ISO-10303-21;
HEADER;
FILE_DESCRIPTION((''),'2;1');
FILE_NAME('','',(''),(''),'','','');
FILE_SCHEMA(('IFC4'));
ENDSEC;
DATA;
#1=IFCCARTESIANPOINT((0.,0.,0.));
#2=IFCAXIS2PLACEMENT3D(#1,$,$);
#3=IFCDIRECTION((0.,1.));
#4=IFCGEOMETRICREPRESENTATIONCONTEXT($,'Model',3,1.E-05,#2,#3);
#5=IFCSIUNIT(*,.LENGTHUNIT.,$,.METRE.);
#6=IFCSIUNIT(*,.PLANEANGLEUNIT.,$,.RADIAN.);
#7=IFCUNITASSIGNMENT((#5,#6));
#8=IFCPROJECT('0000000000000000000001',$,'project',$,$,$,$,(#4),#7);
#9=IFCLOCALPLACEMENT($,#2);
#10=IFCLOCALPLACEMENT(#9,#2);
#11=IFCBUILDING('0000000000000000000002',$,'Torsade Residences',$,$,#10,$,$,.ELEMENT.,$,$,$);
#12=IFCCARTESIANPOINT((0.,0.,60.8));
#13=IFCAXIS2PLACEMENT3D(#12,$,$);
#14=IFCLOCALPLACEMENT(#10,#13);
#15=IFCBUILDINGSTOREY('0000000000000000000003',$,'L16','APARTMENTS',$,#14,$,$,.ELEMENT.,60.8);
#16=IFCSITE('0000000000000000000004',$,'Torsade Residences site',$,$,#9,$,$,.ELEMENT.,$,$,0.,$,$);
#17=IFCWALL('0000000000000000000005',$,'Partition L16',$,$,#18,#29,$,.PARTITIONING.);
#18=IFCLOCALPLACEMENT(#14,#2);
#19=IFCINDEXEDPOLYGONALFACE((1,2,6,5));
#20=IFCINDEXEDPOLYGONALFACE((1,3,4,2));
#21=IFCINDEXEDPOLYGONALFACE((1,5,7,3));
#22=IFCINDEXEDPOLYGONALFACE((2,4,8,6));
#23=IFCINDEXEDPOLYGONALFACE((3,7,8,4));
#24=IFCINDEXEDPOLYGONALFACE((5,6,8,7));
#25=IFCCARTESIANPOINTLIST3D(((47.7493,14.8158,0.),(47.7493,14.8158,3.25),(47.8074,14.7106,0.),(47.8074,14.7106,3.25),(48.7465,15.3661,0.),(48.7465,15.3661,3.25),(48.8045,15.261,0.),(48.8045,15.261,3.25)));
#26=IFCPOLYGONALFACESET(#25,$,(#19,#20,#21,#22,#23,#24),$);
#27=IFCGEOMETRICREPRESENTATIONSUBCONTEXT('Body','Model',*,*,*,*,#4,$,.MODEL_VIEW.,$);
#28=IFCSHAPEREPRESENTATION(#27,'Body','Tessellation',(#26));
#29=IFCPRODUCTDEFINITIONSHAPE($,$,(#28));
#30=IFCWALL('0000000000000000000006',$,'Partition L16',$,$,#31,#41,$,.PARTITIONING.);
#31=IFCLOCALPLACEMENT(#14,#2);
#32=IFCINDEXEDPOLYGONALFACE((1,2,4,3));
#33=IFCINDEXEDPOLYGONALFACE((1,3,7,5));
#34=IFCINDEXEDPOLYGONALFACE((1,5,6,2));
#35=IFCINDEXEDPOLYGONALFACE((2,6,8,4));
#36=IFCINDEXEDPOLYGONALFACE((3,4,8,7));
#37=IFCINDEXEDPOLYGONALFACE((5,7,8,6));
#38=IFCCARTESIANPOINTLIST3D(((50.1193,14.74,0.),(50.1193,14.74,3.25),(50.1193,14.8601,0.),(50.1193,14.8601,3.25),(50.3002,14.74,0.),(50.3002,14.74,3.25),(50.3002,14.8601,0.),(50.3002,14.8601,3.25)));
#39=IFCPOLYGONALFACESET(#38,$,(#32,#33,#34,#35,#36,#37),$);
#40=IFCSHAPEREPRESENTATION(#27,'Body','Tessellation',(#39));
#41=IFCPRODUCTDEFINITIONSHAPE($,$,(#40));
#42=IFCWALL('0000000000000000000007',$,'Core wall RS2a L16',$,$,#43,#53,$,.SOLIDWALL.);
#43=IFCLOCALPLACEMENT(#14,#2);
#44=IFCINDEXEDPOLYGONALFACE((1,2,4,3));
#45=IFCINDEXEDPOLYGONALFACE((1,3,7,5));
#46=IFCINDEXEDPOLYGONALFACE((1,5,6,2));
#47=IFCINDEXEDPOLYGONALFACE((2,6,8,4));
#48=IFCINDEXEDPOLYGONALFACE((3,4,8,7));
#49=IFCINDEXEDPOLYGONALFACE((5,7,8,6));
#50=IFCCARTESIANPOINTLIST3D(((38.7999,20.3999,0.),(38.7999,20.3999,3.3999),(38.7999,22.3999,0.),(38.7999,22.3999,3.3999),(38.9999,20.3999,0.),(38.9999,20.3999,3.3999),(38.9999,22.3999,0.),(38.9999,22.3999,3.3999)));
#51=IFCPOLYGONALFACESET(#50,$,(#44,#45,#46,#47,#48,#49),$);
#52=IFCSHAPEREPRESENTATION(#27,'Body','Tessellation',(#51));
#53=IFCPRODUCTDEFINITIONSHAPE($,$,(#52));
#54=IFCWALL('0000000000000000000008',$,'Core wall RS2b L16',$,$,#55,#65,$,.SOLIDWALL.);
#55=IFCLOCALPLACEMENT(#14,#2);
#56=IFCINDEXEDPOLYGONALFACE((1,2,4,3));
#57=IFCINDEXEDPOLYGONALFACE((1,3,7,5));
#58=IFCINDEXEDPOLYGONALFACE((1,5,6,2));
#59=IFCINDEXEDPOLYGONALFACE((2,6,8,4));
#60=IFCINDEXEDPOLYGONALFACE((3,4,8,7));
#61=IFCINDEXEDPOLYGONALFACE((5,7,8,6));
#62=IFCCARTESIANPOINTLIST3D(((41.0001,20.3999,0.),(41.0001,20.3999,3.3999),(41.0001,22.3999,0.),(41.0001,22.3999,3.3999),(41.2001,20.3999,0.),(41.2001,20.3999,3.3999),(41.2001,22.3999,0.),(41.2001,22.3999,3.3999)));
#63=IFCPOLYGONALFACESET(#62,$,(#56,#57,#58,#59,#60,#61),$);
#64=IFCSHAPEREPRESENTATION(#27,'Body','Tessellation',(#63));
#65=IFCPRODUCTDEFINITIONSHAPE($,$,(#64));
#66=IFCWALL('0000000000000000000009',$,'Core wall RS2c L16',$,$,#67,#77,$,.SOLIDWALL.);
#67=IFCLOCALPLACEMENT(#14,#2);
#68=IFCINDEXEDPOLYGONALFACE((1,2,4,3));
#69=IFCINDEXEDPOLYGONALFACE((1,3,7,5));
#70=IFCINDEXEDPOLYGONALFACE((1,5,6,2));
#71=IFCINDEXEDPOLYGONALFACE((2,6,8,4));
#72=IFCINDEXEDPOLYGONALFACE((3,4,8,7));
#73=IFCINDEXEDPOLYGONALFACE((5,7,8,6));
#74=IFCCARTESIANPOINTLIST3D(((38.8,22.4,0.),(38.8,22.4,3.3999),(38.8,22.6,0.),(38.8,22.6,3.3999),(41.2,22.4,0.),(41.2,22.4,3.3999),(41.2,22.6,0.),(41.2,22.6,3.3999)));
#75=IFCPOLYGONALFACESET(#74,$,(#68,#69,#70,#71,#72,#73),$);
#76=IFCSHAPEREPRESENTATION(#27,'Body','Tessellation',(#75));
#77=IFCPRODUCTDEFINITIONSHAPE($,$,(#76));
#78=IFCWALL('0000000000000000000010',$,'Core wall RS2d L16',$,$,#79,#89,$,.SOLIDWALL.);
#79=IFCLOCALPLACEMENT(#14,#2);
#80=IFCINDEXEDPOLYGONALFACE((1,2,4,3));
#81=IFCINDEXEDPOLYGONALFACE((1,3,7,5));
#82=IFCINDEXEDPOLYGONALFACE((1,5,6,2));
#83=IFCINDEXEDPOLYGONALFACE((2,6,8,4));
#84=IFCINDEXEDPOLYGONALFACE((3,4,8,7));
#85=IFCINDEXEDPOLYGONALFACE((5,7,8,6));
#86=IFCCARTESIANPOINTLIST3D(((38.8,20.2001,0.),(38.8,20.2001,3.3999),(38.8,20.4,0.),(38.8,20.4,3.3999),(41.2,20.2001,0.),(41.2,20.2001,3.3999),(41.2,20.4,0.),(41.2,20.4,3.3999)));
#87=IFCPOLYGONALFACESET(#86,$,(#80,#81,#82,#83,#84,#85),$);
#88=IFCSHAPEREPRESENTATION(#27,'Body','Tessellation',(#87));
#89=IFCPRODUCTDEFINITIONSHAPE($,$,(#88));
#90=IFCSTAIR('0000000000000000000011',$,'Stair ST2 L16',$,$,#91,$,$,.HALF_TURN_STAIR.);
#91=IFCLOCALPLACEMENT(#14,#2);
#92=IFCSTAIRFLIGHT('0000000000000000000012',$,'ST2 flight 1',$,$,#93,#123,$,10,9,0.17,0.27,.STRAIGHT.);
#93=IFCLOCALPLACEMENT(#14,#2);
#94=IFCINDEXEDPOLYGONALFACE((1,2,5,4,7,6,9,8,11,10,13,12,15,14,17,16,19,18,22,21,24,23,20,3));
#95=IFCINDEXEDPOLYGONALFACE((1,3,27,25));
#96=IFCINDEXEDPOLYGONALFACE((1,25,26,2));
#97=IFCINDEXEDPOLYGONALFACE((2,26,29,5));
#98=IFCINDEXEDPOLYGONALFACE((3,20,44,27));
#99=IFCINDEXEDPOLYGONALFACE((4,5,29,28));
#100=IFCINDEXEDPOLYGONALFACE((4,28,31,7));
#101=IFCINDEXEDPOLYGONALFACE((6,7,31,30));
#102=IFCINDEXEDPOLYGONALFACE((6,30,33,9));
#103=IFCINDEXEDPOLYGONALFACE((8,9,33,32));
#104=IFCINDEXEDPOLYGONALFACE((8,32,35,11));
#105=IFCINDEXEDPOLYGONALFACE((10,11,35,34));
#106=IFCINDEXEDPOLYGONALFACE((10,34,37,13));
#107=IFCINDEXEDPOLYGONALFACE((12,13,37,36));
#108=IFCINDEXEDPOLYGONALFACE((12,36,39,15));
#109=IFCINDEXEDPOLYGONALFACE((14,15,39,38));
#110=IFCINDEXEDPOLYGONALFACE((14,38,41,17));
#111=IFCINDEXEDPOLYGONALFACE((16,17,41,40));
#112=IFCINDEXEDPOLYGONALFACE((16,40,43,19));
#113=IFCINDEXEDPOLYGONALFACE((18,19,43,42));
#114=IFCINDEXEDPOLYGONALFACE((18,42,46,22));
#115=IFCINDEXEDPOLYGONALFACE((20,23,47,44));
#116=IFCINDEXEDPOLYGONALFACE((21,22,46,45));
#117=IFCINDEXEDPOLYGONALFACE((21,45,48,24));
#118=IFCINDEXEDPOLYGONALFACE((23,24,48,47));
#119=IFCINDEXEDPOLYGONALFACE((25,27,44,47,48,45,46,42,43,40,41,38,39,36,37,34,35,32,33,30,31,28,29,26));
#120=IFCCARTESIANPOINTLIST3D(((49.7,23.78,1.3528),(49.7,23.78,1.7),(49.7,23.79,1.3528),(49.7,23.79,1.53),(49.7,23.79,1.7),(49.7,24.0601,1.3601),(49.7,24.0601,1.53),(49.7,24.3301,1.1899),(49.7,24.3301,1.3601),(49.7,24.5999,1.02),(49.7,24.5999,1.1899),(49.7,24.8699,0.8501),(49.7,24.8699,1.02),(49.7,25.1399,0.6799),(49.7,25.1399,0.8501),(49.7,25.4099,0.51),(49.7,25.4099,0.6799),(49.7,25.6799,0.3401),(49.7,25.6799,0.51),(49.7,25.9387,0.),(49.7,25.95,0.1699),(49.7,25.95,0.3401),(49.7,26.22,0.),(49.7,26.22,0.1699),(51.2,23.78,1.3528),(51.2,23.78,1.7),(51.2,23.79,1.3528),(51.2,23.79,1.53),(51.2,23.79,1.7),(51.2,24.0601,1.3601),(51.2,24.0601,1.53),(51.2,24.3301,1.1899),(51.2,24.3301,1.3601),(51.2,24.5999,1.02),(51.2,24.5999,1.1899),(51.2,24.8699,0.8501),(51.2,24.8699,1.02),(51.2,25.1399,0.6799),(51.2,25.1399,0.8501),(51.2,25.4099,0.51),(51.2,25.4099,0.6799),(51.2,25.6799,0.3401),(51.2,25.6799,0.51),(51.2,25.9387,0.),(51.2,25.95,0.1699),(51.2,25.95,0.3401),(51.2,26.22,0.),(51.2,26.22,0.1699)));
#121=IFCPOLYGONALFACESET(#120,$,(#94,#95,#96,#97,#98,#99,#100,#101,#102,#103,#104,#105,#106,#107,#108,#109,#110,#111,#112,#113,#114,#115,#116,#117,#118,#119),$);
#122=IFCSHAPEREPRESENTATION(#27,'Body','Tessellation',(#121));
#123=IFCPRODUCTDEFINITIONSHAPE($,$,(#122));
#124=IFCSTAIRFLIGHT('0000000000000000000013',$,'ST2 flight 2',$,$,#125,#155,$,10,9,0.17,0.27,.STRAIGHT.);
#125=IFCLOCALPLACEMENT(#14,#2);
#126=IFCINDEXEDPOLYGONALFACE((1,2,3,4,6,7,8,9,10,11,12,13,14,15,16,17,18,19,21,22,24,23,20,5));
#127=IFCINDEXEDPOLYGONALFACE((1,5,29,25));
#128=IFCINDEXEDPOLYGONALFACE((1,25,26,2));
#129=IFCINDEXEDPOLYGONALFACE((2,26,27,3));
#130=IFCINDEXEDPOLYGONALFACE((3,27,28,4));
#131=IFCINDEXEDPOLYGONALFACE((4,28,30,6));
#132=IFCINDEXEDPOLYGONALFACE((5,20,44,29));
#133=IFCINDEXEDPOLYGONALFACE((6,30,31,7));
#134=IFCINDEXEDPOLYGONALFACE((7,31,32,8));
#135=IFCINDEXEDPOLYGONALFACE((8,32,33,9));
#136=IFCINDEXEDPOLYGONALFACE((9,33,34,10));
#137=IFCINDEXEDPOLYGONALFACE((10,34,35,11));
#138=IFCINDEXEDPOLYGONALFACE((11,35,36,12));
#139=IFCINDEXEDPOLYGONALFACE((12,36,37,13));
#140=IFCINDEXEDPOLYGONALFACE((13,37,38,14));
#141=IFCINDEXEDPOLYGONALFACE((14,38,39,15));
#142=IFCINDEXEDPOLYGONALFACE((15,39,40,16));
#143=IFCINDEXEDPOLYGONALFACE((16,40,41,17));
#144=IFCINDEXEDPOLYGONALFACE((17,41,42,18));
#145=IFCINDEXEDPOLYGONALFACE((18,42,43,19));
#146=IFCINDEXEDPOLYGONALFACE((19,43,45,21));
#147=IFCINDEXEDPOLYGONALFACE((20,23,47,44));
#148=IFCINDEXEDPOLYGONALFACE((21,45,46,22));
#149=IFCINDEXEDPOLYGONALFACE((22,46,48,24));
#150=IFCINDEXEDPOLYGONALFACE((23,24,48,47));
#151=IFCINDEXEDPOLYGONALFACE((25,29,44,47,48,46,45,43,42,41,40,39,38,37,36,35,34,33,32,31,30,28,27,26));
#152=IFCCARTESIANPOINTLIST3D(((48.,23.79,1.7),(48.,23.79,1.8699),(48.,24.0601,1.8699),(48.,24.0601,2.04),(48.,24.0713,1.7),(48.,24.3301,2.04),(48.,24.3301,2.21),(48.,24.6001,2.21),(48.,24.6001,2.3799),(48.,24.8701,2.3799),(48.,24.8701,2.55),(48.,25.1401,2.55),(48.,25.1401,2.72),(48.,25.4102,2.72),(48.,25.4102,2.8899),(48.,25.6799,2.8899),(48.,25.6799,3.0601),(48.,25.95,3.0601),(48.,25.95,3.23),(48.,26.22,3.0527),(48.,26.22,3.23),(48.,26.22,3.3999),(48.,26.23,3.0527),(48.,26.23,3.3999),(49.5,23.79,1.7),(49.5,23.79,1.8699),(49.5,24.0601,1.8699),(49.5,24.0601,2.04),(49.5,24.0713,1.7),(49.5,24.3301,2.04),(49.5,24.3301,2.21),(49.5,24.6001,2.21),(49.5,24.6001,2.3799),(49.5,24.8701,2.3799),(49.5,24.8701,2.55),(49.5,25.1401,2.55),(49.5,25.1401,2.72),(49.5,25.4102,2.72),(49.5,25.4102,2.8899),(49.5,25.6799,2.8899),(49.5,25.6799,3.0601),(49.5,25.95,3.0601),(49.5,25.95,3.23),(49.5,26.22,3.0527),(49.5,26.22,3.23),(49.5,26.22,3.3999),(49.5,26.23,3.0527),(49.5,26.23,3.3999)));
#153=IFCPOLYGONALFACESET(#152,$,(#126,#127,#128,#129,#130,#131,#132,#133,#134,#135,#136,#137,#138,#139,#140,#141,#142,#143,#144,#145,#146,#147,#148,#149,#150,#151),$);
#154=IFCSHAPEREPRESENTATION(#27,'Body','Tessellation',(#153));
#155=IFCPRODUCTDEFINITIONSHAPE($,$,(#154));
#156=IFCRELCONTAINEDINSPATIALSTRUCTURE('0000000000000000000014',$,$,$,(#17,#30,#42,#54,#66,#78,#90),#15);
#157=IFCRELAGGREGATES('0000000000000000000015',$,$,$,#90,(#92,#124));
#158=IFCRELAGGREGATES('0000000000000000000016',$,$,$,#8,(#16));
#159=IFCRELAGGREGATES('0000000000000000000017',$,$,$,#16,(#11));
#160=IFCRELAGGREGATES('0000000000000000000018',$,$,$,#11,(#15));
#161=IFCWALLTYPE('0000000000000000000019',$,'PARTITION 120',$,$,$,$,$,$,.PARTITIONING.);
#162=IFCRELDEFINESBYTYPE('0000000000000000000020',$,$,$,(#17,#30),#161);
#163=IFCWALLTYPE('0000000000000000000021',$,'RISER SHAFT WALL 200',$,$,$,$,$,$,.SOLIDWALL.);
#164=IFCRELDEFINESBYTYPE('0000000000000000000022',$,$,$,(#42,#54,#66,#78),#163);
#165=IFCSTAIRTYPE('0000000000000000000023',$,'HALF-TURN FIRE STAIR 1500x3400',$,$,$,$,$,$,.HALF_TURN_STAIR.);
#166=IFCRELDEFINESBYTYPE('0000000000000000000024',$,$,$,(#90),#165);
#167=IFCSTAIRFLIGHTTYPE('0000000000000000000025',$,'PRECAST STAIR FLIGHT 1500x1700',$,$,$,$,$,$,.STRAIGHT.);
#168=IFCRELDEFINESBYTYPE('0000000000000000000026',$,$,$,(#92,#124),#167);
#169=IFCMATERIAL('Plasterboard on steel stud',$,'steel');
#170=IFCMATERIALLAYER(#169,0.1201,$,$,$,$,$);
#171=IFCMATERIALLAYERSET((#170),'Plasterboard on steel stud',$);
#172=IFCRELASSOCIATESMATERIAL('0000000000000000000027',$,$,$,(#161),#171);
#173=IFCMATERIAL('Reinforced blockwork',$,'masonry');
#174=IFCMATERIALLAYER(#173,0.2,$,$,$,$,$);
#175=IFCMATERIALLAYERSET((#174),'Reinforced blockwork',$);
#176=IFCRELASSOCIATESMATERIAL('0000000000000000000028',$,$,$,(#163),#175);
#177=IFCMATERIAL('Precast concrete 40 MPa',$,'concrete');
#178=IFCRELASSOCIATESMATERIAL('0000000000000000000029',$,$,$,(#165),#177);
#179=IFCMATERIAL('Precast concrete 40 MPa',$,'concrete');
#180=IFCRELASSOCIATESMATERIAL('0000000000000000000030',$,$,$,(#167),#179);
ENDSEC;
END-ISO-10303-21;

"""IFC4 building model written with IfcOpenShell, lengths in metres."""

from ifc_helpers import new_model, si_unit, direction, frame, frame_2d, origin, place, context, subcontext, project, spatial, polyline, rectangle, outline, extrude, material, layer, layer_set, type_object, element, aggregate, save


model = new_model("IFC4")

# Units and contexts
model_context = context("Model", 3, precision=1e-05, world=origin(), true_north=direction((0.0, 1.0)))
body_context = subcontext(model_context, "Body", "Model", "MODEL_VIEW")
ifc_project = project(units=[si_unit("LENGTHUNIT", "METRE"), si_unit("PLANEANGLEUNIT", "RADIAN")], contexts=[model_context])

# Site, building, storey
site_placement = place(None, origin())
site = spatial("IfcSite", under=ifc_project, at=site_placement, Name="Torsade Residences site", CompositionType="ELEMENT", RefElevation=0.0)
building_placement = place(site_placement, origin())
building = spatial("IfcBuilding", under=site, at=building_placement, Name="Torsade Residences", CompositionType="ELEMENT")
storey_placement = place(building_placement, frame((0.0, 0.0, 60.8)))
storey = spatial("IfcBuildingStorey", under=building, at=storey_placement, Name="L16", Description="APARTMENTS", CompositionType="ELEMENT", Elevation=60.8)

# Walls
ifc_material_1 = material(Name="Plasterboard on steel stud", Category="steel")
ifc_layer_1 = layer(ifc_material_1, 0.1201)
ifc_layer_set_1 = layer_set([ifc_layer_1], Name="Plasterboard on steel stud")
wall_type_1 = type_object("IfcWallType", Name="PARTITION 120", PredefinedType="PARTITIONING", material=ifc_layer_set_1)
wall_1_placement = place(storey_placement, frame((48.7754, 15.3135, 0.0), z_axis=(0.0, 0.0, 1.0), x_axis=(-0.875509, -0.483202, 0.0)))
element("IfcWall", 1, at=wall_1_placement, inside=storey, type_object=wall_type_1, Name="Partition L16", PredefinedType="PARTITIONING", context=body_context, shape_type="SweptSolid", body=[
    extrude(rectangle(XDim=1.1389, YDim=0.1201, at=frame_2d((0.5693, 0.0))), origin(), (0.0, 0.0, 1.0), 3.25),
])
wall_2_placement = place(storey_placement, frame((50.3, 14.8, 0.0), z_axis=(0.0, 0.0, 1.0), x_axis=(-1.0, 0.0, 0.0)))
element("IfcWall", 2, at=wall_2_placement, inside=storey, type_object=wall_type_1, Name="Partition L16", PredefinedType="PARTITIONING", context=body_context, shape_type="SweptSolid", body=[
    extrude(rectangle(XDim=0.1809, YDim=0.1201, at=frame_2d((0.0903, 0.0))), origin(), (0.0, 0.0, 1.0), 3.25),
])
ifc_material_2 = material(Name="Reinforced blockwork", Category="masonry")
ifc_layer_2 = layer(ifc_material_2, 0.2)
ifc_layer_set_2 = layer_set([ifc_layer_2], Name="Reinforced blockwork")
wall_type_2 = type_object("IfcWallType", Name="RISER SHAFT WALL 200", PredefinedType="SOLIDWALL", material=ifc_layer_set_2)
for number, where, z_axis, x_axis, name in (
    (3, (38.8999, 22.3999, 0.0), (0.0, 0.0, 1.0), (0.0, -1.0, 0.0), "Core wall RS2a L16"),
    (4, (41.1001, 22.3999, 0.0), (0.0, 0.0, 1.0), (0.0, -1.0, 0.0), "Core wall RS2b L16"),
):
    element("IfcWall", number, at=place(storey_placement, frame(where, z_axis=z_axis, x_axis=x_axis)), inside=storey, type_object=wall_type_2, Name=name, PredefinedType="SOLIDWALL", context=body_context, shape_type="SweptSolid", body=[
        extrude(rectangle(XDim=2.0, YDim=0.2, at=frame_2d((1.0, 0.0))), origin(), (0.0, 0.0, 1.0), 3.3999),
    ])
for number, where, z_axis, x_axis, name in (
    (5, (38.8, 22.5, 0.0), (0.0, 0.0, 1.0), (1.0, 0.0, 0.0), "Core wall RS2c L16"),
    (6, (38.8, 20.3, 0.0), (0.0, 0.0, 1.0), (1.0, 0.0, 0.0), "Core wall RS2d L16"),
):
    element("IfcWall", number, at=place(storey_placement, frame(where, z_axis=z_axis, x_axis=x_axis)), inside=storey, type_object=wall_type_2, Name=name, PredefinedType="SOLIDWALL", context=body_context, shape_type="SweptSolid", body=[
        extrude(rectangle(XDim=2.3999, YDim=0.2, at=frame_2d((1.2, 0.0))), origin(), (0.0, 0.0, 1.0), 3.3999),
    ])

# Stair, stair flights
ifc_material_3 = material(Name="Precast concrete 40 MPa", Category="concrete")
stair_type = type_object("IfcStairType", Name="HALF-TURN FIRE STAIR 1500x3400", PredefinedType="HALF_TURN_STAIR", material=ifc_material_3)
stair_placement = place(storey_placement, origin())
stair = element("IfcStair", 7, at=stair_placement, inside=storey, type_object=stair_type, Name="Stair ST2 L16", PredefinedType="HALF_TURN_STAIR")
ifc_material_4 = material(Name="Precast concrete 40 MPa", Category="concrete")
stair_flight_type = type_object("IfcStairFlightType", Name="PRECAST STAIR FLIGHT 1500x1700", PredefinedType="STRAIGHT", material=ifc_material_4)
stair_flight_1_placement = place(storey_placement, frame((50.45, 26.22, 0.0), z_axis=(0.0, 0.0, 1.0), x_axis=(0.0, -1.0, 0.0)))
stair_flight_1 = element("IfcStairFlight", 8, at=stair_flight_1_placement, type_object=stair_flight_type, Name="ST2 flight 1", NumberOfRisers=10, NumberOfTreads=9, PredefinedType="STRAIGHT", RiserHeight=0.17, TreadLength=0.27, context=body_context, shape_type="SweptSolid", body=[
    extrude(outline(polyline([(0.0, 0.0), (0.0, 0.1699), (0.27, 0.1699), (0.27, 0.3401), (0.54, 0.3401), (0.54, 0.51), (0.8101, 0.51), (0.8101, 0.6799), (1.0801, 0.6799), (1.0801, 0.8501), (1.3501, 0.8501), (1.3501, 1.02), (1.6201, 1.02), (1.6201, 1.1899), (1.8899, 1.1899), (1.8899, 1.3601), (2.1599, 1.3601), (2.1599, 1.53), (2.4299, 1.53), (2.4299, 1.7), (2.4399, 1.7), (2.4399, 1.3528), (2.4299, 1.3528), (0.2812, 0.0), (0.0, 0.0)])), frame((0.0, 0.75, 0.0), z_axis=(0.0, -1.0, 0.0), x_axis=(1.0, 0.0, 0.0)), (0.0, 0.0, 1.0), 1.5),
])
stair_flight_2_placement = place(storey_placement, frame((48.75, 23.79, 1.7), z_axis=(0.0, 0.0, 1.0), x_axis=(0.0, 1.0, 0.0)))
stair_flight_2 = element("IfcStairFlight", 9, at=stair_flight_2_placement, type_object=stair_flight_type, Name="ST2 flight 2", NumberOfRisers=10, NumberOfTreads=9, PredefinedType="STRAIGHT", RiserHeight=0.17, TreadLength=0.27, context=body_context, shape_type="SweptSolid", body=[
    extrude(outline(polyline([(0.0, 0.0), (0.0, 0.1699), (0.27, 0.1699), (0.27, 0.3401), (0.54, 0.3401), (0.54, 0.51), (0.8101, 0.51), (0.8101, 0.6799), (1.0801, 0.6799), (1.0801, 0.8501), (1.3501, 0.8501), (1.3501, 1.02), (1.6201, 1.02), (1.6201, 1.1899), (1.8899, 1.1899), (1.8899, 1.3601), (2.1599, 1.3601), (2.1599, 1.53), (2.4299, 1.53), (2.4299, 1.7), (2.4399, 1.7), (2.4399, 1.3528), (2.4299, 1.3528), (0.2812, 0.0), (0.0, 0.0)])), frame((0.0, 0.75, 0.0), z_axis=(0.0, -1.0, 0.0), x_axis=(1.0, 0.0, 0.0)), (0.0, 0.0, 1.0), 1.5),
])
aggregate(stair, [stair_flight_1, stair_flight_2])

save(model, "model.ifc")
